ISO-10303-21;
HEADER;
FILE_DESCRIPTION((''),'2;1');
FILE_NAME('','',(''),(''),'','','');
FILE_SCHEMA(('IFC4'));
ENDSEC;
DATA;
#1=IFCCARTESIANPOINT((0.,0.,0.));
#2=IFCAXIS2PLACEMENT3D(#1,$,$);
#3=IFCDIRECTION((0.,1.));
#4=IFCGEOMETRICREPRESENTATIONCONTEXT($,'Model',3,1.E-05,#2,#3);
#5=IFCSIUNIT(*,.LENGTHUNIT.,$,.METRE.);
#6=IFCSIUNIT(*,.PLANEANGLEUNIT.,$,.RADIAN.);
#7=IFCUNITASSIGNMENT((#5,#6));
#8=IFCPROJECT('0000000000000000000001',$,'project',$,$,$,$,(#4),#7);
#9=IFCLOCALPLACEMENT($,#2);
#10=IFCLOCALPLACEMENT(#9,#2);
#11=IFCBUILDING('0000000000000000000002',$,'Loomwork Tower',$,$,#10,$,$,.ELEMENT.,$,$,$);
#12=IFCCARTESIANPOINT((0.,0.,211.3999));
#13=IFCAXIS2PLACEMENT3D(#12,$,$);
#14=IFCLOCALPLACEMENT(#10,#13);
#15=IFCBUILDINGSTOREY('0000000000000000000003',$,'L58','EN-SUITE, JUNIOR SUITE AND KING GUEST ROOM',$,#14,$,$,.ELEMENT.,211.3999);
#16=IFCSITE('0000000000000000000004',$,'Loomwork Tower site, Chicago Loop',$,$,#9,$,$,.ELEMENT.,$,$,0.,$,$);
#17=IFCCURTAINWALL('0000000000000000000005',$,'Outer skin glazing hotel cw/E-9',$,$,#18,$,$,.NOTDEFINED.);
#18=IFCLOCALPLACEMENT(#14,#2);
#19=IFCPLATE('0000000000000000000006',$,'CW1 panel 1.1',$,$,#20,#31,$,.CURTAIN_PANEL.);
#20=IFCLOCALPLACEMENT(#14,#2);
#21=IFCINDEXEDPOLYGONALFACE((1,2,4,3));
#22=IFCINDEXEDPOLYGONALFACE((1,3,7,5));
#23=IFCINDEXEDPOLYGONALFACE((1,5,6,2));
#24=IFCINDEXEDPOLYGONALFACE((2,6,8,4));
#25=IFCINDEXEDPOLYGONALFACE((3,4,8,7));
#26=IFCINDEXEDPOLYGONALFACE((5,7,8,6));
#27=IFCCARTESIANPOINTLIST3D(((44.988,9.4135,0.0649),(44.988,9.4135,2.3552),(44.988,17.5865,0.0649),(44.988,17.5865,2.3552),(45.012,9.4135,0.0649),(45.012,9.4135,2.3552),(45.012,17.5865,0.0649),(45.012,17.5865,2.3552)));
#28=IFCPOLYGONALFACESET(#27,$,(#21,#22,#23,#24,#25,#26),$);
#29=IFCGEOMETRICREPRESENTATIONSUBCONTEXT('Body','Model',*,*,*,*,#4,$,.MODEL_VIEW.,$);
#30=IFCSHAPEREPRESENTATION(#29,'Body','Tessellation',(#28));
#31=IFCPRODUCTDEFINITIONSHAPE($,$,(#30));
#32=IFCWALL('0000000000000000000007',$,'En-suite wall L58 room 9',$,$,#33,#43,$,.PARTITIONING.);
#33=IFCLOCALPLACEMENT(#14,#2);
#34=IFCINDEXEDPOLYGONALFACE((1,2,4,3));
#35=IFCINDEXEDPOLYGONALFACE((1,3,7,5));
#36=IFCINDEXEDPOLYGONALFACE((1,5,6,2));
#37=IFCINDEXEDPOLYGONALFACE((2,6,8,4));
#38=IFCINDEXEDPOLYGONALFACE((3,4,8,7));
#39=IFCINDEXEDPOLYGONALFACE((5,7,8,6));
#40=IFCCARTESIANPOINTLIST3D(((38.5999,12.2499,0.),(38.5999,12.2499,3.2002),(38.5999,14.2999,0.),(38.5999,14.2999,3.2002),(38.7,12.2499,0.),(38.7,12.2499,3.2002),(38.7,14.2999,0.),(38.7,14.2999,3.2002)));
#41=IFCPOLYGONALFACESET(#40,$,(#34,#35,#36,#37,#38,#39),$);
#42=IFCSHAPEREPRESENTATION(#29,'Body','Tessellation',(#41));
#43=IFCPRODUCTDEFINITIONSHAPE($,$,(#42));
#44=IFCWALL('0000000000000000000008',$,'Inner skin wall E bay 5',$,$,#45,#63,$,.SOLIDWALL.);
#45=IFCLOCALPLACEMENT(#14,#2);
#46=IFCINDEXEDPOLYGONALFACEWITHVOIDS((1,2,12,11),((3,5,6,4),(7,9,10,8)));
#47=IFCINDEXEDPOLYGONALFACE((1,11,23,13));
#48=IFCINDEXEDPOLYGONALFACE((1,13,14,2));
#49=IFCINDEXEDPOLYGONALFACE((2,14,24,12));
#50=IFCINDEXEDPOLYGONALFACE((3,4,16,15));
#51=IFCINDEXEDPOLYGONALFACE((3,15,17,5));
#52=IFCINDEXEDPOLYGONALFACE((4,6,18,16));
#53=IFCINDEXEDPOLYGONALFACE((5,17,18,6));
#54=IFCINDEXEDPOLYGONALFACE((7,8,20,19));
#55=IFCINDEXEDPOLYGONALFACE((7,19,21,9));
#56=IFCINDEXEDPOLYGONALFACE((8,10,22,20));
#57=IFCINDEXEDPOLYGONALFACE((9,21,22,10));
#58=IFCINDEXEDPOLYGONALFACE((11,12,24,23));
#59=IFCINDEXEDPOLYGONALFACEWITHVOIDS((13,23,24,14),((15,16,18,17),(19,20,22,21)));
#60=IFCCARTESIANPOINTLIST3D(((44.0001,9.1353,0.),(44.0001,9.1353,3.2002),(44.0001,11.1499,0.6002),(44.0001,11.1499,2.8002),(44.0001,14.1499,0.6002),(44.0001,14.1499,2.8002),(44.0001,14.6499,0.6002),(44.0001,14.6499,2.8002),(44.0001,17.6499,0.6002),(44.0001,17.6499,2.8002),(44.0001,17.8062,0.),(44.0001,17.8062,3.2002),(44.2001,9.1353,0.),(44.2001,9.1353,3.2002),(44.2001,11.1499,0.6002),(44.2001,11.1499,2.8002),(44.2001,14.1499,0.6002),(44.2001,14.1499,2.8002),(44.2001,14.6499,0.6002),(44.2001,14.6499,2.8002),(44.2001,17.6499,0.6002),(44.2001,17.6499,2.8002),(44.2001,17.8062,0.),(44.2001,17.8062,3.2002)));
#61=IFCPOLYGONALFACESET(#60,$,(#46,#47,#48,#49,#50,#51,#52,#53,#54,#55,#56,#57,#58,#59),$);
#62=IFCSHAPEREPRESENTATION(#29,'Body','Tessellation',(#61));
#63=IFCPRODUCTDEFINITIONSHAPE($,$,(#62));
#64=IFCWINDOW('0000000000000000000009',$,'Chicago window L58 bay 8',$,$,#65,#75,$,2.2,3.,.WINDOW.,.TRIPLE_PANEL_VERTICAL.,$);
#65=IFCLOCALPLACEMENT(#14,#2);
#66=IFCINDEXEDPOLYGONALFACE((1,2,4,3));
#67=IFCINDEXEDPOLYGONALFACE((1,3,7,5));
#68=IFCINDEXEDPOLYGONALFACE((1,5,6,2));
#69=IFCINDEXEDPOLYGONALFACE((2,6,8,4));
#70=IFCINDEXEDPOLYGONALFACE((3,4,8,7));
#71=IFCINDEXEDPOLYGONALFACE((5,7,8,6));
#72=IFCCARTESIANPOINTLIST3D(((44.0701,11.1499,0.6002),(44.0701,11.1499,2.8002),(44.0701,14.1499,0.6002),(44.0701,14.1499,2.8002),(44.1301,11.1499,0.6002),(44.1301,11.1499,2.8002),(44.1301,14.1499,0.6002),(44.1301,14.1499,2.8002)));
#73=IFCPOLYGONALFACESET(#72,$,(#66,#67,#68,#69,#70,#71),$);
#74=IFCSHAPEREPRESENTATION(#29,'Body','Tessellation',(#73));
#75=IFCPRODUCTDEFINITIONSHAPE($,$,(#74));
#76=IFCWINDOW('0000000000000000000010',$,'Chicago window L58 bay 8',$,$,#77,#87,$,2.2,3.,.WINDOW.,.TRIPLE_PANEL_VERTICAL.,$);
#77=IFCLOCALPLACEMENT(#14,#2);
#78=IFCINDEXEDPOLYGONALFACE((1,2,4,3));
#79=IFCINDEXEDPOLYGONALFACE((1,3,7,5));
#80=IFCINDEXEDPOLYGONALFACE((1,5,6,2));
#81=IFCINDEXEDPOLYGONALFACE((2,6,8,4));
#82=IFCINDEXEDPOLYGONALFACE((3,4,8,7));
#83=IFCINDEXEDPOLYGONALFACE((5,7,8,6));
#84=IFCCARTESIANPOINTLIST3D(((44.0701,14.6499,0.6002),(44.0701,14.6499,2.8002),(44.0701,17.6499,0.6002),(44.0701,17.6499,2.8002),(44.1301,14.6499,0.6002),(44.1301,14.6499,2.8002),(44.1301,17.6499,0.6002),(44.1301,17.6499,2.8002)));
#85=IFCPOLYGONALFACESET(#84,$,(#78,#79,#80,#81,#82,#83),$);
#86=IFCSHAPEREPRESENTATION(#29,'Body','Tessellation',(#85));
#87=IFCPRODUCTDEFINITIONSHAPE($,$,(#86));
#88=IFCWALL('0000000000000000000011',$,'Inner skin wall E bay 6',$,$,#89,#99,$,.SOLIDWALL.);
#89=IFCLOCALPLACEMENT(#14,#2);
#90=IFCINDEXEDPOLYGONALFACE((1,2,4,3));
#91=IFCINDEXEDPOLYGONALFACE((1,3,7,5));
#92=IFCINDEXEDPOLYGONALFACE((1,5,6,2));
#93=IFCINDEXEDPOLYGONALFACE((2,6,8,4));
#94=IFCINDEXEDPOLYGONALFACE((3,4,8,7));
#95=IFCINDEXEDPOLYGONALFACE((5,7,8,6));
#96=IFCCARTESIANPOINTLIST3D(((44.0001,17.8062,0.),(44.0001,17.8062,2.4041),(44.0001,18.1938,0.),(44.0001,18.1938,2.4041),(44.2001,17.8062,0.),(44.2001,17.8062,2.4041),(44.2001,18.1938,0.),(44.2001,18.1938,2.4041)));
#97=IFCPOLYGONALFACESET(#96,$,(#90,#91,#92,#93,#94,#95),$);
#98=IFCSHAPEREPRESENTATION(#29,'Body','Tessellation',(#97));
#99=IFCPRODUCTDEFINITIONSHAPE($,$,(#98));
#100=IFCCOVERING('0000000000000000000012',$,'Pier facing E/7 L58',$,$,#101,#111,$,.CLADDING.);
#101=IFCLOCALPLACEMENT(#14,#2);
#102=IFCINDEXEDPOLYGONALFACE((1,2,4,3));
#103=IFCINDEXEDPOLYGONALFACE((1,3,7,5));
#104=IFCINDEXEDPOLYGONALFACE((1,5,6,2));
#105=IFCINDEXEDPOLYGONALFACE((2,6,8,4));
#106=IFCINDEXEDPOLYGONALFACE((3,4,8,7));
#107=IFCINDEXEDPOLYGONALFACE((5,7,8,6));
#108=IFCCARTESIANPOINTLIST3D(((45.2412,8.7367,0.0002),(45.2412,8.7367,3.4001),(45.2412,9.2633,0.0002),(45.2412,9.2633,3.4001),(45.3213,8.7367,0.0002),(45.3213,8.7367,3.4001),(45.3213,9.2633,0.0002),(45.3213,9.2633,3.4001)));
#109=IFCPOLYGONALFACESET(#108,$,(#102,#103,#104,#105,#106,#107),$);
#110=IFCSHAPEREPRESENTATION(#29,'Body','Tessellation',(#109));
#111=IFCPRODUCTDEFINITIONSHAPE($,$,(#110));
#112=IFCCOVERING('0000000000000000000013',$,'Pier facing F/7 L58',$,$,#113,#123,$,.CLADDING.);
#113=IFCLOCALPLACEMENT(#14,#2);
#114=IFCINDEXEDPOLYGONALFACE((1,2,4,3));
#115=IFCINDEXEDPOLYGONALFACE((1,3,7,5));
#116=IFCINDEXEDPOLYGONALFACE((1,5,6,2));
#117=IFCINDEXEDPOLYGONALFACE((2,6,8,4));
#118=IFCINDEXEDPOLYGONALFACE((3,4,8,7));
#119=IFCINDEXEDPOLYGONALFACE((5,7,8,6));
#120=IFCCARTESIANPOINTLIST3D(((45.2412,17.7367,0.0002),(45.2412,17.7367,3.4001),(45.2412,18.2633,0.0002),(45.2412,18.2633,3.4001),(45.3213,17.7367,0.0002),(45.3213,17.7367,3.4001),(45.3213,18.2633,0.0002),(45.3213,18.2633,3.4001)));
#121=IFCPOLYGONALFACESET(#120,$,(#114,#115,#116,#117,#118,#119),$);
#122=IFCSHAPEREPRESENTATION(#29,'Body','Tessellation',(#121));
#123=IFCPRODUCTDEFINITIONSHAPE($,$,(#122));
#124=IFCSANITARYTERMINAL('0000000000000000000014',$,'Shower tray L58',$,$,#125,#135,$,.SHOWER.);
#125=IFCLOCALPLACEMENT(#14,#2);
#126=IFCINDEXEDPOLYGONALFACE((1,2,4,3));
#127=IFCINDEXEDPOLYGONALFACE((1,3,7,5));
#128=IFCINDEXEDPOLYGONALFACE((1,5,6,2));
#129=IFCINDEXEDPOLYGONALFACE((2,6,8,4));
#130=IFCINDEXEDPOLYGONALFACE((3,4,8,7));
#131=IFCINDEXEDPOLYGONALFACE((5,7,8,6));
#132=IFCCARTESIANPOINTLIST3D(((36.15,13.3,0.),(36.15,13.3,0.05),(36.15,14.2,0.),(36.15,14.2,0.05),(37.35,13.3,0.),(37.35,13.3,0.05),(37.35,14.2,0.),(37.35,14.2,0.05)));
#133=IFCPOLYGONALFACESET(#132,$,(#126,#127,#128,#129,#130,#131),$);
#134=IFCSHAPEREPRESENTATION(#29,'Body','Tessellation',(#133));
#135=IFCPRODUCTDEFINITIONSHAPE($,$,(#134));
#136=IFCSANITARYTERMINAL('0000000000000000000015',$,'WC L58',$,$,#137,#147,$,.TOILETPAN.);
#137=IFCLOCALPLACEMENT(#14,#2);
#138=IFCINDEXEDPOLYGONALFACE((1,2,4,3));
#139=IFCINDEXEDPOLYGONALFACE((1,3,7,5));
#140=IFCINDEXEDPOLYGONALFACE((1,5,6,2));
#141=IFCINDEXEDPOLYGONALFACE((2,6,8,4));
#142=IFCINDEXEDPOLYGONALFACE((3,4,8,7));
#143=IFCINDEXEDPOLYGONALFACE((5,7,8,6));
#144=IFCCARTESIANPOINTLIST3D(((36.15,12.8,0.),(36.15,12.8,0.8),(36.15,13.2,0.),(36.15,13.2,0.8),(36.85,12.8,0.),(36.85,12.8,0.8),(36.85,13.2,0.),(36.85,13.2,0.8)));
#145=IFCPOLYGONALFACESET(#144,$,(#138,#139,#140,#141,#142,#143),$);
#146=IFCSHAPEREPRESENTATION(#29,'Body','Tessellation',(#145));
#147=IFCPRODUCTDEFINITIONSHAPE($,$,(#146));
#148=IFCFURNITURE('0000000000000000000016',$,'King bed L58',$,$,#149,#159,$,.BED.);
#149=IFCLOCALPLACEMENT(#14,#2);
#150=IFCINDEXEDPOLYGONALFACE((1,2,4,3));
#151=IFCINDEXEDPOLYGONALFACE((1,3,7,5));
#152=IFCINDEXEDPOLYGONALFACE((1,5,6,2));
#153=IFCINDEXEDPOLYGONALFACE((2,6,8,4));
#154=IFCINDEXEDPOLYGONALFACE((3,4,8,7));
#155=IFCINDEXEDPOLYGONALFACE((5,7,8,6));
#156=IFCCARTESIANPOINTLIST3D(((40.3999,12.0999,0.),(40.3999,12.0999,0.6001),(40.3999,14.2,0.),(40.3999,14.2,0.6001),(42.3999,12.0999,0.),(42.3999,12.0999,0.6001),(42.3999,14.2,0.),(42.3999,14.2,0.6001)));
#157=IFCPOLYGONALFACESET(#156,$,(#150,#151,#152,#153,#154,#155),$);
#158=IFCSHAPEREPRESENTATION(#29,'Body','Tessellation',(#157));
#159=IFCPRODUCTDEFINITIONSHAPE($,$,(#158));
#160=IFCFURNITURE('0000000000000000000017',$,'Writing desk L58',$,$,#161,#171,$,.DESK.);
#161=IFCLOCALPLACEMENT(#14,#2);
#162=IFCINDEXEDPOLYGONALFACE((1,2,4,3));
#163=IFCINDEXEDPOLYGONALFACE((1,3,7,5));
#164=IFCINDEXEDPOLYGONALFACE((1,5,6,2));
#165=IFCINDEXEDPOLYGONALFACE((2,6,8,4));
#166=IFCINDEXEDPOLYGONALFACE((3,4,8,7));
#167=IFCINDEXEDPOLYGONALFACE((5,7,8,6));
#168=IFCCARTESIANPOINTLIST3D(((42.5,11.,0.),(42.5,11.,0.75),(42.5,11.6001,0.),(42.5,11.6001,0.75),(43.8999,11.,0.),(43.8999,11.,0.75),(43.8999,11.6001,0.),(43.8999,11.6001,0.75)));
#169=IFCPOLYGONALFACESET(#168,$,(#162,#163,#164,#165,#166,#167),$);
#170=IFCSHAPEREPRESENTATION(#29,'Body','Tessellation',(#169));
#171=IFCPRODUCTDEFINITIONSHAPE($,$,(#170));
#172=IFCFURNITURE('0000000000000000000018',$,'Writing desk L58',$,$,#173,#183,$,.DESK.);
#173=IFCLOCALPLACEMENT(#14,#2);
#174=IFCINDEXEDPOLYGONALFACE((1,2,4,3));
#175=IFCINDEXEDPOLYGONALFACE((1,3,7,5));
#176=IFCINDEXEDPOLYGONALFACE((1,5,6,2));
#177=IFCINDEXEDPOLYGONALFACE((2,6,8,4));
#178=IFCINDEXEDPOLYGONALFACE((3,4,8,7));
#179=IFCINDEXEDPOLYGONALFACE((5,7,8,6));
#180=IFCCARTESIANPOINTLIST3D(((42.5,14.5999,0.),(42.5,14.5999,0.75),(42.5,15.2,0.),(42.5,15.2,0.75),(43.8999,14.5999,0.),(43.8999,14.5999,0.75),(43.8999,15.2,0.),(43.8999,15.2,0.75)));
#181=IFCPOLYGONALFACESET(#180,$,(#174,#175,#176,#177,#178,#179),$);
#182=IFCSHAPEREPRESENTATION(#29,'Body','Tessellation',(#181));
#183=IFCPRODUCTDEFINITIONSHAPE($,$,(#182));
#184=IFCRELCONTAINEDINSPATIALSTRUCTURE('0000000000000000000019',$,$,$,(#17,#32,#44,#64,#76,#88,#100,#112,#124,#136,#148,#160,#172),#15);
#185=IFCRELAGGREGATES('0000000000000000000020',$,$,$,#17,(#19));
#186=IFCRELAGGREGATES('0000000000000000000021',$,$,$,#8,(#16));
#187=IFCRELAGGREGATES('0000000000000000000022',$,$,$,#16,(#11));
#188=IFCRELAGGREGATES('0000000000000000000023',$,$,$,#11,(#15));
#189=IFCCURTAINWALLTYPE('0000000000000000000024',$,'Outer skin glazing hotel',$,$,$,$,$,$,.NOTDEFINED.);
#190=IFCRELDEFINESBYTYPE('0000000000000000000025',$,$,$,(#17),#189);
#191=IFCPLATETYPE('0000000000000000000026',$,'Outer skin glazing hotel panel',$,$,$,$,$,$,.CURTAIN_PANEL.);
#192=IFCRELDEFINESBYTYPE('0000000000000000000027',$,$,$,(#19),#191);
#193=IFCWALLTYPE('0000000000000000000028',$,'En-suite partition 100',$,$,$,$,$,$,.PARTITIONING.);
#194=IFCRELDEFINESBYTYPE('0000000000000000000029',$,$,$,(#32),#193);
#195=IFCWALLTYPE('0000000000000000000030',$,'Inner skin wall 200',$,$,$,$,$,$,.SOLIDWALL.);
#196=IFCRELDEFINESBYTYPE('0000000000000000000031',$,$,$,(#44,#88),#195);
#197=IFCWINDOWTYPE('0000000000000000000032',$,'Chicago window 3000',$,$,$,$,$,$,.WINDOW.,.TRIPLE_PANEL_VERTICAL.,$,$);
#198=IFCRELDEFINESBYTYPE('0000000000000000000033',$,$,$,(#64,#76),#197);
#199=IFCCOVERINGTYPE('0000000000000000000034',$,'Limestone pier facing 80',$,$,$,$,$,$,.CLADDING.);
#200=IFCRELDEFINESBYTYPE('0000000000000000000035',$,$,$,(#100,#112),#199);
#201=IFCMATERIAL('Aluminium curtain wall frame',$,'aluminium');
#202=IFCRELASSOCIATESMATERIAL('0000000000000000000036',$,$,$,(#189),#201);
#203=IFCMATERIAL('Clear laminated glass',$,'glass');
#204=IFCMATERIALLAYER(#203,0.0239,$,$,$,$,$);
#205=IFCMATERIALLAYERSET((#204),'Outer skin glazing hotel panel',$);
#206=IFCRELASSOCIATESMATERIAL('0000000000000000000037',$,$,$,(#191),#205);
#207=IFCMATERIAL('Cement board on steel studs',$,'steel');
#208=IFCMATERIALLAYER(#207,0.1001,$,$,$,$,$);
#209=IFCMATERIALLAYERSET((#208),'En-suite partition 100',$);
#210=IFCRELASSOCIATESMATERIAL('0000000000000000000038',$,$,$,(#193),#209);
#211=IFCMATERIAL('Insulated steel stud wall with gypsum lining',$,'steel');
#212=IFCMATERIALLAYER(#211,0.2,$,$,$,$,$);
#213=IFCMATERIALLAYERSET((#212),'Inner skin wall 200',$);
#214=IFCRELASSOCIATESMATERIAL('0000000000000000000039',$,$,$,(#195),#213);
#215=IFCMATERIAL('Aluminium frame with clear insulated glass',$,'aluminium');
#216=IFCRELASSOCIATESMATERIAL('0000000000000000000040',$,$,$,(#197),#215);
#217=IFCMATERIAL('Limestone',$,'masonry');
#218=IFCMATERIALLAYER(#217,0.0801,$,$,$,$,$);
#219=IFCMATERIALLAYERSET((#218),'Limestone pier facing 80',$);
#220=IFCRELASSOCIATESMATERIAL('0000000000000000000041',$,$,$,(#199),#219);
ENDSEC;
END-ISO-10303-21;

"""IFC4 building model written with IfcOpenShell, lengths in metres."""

from ifc_helpers import new_model, si_unit, direction, frame, frame_2d, origin, origin_2d, place, context, subcontext, project, spatial, rectangle, extrude, material, layer, layer_set, type_object, element, fill, aggregate, save


model = new_model("IFC4")

# Units and contexts
model_context = context("Model", 3, precision=1e-05, world=origin(), true_north=direction((0.0, 1.0)))
body_context = subcontext(model_context, "Body", "Model", "MODEL_VIEW")
ifc_project = project(units=[si_unit("LENGTHUNIT", "METRE"), si_unit("PLANEANGLEUNIT", "RADIAN")], contexts=[model_context])

# Site, building, storey
site_placement = place(None, origin())
site = spatial("IfcSite", under=ifc_project, at=site_placement, Name="Loomwork Tower site, Chicago Loop", CompositionType="ELEMENT", RefElevation=0.0)
building_placement = place(site_placement, origin())
building = spatial("IfcBuilding", under=site, at=building_placement, Name="Loomwork Tower", CompositionType="ELEMENT")
storey_placement = place(building_placement, frame((0.0, 0.0, 211.3999)))
storey = spatial("IfcBuildingStorey", under=building, at=storey_placement, Name="L58", Description="EN-SUITE, JUNIOR SUITE AND KING GUEST ROOM", CompositionType="ELEMENT", Elevation=211.3999)

# Curtain wall
ifc_material_1 = material(Name="Aluminium curtain wall frame", Category="aluminium")
curtain_wall_type = type_object("IfcCurtainWallType", Name="Outer skin glazing hotel", PredefinedType="NOTDEFINED", material=ifc_material_1)
curtain_wall_placement = place(storey_placement, origin())
curtain_wall = element("IfcCurtainWall", 1, at=curtain_wall_placement, inside=storey, type_object=curtain_wall_type, Name="Outer skin glazing hotel cw/E-9", PredefinedType="NOTDEFINED")

# Plate
ifc_material_2 = material(Name="Clear laminated glass", Category="glass")
ifc_layer_1 = layer(ifc_material_2, 0.0239)
ifc_layer_set_1 = layer_set([ifc_layer_1], Name="Outer skin glazing hotel panel")
plate_type = type_object("IfcPlateType", Name="Outer skin glazing hotel panel", PredefinedType="CURTAIN_PANEL", material=ifc_layer_set_1)
plate_placement = place(storey_placement, frame((45.0, 13.5, 0.0649), z_axis=(0.0, 0.0, 1.0), x_axis=(0.0, 1.0, 0.0)))
plate = element("IfcPlate", 2, at=plate_placement, type_object=plate_type, Name="CW1 panel 1.1", PredefinedType="CURTAIN_PANEL", context=body_context, shape_type="SweptSolid", body=[
    extrude(rectangle(XDim=8.1731, YDim=0.0239, at=origin_2d()), origin(), (0.0, 0.0, 1.0), 2.2903),
])
aggregate(curtain_wall, [plate])

# Wall
ifc_material_3 = material(Name="Cement board on steel studs", Category="steel")
ifc_layer_2 = layer(ifc_material_3, 0.1001)
ifc_layer_set_2 = layer_set([ifc_layer_2], Name="En-suite partition 100")
wall_type_1 = type_object("IfcWallType", Name="En-suite partition 100", PredefinedType="PARTITIONING", material=ifc_layer_set_2)
wall_1_placement = place(storey_placement, frame((38.6499, 12.25, 0.0), z_axis=(0.0, 0.0, 1.0), x_axis=(0.0, 1.0, 0.0)))
element("IfcWall", 3, at=wall_1_placement, inside=storey, type_object=wall_type_1, Name="En-suite wall L58 room 9", PredefinedType="PARTITIONING", context=body_context, shape_type="SweptSolid", body=[
    extrude(rectangle(XDim=2.05, YDim=0.1001, at=frame_2d((1.0249, 0.0))), origin(), (0.0, 0.0, 1.0), 3.2002),
])

# Wall, openings, windows
ifc_material_4 = material(Name="Insulated steel stud wall with gypsum lining", Category="steel")
ifc_layer_3 = layer(ifc_material_4, 0.2)
ifc_layer_set_3 = layer_set([ifc_layer_3], Name="Inner skin wall 200")
wall_type_2 = type_object("IfcWallType", Name="Inner skin wall 200", PredefinedType="SOLIDWALL", material=ifc_layer_set_3)
wall_2_placement = place(storey_placement, frame((44.1001, 9.1353, 0.0), z_axis=(0.0, 0.0, 1.0), x_axis=(0.0, 1.0, 0.0)))
wall_2 = element("IfcWall", 4, at=wall_2_placement, inside=storey, type_object=wall_type_2, Name="Inner skin wall E bay 5", PredefinedType="SOLIDWALL", context=body_context, shape_type="SweptSolid", body=[
    extrude(rectangle(XDim=8.6709, YDim=0.2, at=frame_2d((4.3354, 0.0))), origin(), (0.0, 0.0, 1.0), 3.2002),
])
opening_1_placement = place(wall_2_placement, frame((2.0146, 0.0, 0.6001)))
opening_1 = element("IfcOpeningElement", 5, at=opening_1_placement, cuts=wall_2, PredefinedType="OPENING", context=body_context, shape_type="SweptSolid", body=[
    extrude(rectangle(XDim=3.0, YDim=2.2, at=frame_2d((1.5, 1.1001))), frame((0.0, 0.1099, 0.0), z_axis=(0.0, -1.0, 0.0), x_axis=(1.0, 0.0, 0.0)), (0.0, 0.0, 1.0), 0.22),
])
opening_2_placement = place(wall_2_placement, frame((5.5146, 0.0, 0.6001)))
opening_2 = element("IfcOpeningElement", 6, at=opening_2_placement, cuts=wall_2, PredefinedType="OPENING", context=body_context, shape_type="SweptSolid", body=[
    extrude(rectangle(XDim=3.0, YDim=2.2, at=frame_2d((1.5, 1.1001))), frame((0.0, 0.1099, 0.0), z_axis=(0.0, -1.0, 0.0), x_axis=(1.0, 0.0, 0.0)), (0.0, 0.0, 1.0), 0.22),
])
ifc_material_5 = material(Name="Aluminium frame with clear insulated glass", Category="aluminium")
window_type = type_object("IfcWindowType", Name="Chicago window 3000", PartitioningType="TRIPLE_PANEL_VERTICAL", PredefinedType="WINDOW", material=ifc_material_5)
window_1_placement = place(opening_1_placement, origin())
window_1 = element("IfcWindow", 7, at=window_1_placement, inside=storey, type_object=window_type, Name="Chicago window L58 bay 8", OverallHeight=2.2, OverallWidth=3.0, PartitioningType="TRIPLE_PANEL_VERTICAL", PredefinedType="WINDOW", context=body_context, shape_type="SweptSolid", body=[
    extrude(rectangle(XDim=3.0, YDim=2.2, at=frame_2d((1.5, 1.1001))), frame((0.0, 0.03, 0.0), z_axis=(0.0, -1.0, 0.0), x_axis=(1.0, 0.0, 0.0)), (0.0, 0.0, 1.0), 0.0601),
])
fill(opening_1, window_1)
window_2_placement = place(opening_2_placement, origin())
window_2 = element("IfcWindow", 8, at=window_2_placement, inside=storey, type_object=window_type, Name="Chicago window L58 bay 8", OverallHeight=2.2, OverallWidth=3.0, PartitioningType="TRIPLE_PANEL_VERTICAL", PredefinedType="WINDOW", context=body_context, shape_type="SweptSolid", body=[
    extrude(rectangle(XDim=3.0, YDim=2.2, at=frame_2d((1.5, 1.1001))), frame((0.0, 0.03, 0.0), z_axis=(0.0, -1.0, 0.0), x_axis=(1.0, 0.0, 0.0)), (0.0, 0.0, 1.0), 0.0601),
])
fill(opening_2, window_2)

# Wall
wall_3_placement = place(storey_placement, frame((44.1001, 17.8062, 0.0), z_axis=(0.0, 0.0, 1.0), x_axis=(0.0, 1.0, 0.0)))
element("IfcWall", 9, at=wall_3_placement, inside=storey, type_object=wall_type_2, Name="Inner skin wall E bay 6", PredefinedType="SOLIDWALL", context=body_context, shape_type="SweptSolid", body=[
    extrude(rectangle(XDim=0.3877, YDim=0.2, at=frame_2d((0.1938, 0.0))), origin(), (0.0, 0.0, 1.0), 2.4041),
])

# Coverings
ifc_material_6 = material(Name="Limestone", Category="masonry")
ifc_layer_4 = layer(ifc_material_6, 0.0801)
ifc_layer_set_4 = layer_set([ifc_layer_4], Name="Limestone pier facing 80")
covering_type = type_object("IfcCoveringType", Name="Limestone pier facing 80", PredefinedType="CLADDING", material=ifc_layer_set_4)
for number, where, z_axis, x_axis, name in (
    (10, (45.2812, 9.0, 0.0002), (0.0, 0.0, 1.0), (1.0, 0.0, 0.0), "Pier facing E/7 L58"),
    (11, (45.2812, 18.0, 0.0002), (0.0, 0.0, 1.0), (1.0, 0.0, 0.0), "Pier facing F/7 L58"),
):
    element("IfcCovering", number, at=place(storey_placement, frame(where, z_axis=z_axis, x_axis=x_axis)), inside=storey, type_object=covering_type, Name=name, PredefinedType="CLADDING", context=body_context, shape_type="SweptSolid", body=[
        extrude(rectangle(XDim=0.0801, YDim=0.5266, at=origin_2d()), origin(), (0.0, 0.0, 1.0), 3.3999),
    ])

# Sanitary terminals
sanitary_terminal_1_placement = place(storey_placement, frame((36.75, 13.75, 0.0), z_axis=(0.0, 0.0, 1.0), x_axis=(1.0, 0.0, 0.0)))
element("IfcSanitaryTerminal", 12, at=sanitary_terminal_1_placement, inside=storey, Name="Shower tray L58", PredefinedType="SHOWER", context=body_context, shape_type="SweptSolid", body=[
    extrude(rectangle(XDim=1.2, YDim=0.8999, at=origin_2d()), origin(), (0.0, 0.0, 1.0), 0.05),
])
sanitary_terminal_2_placement = place(storey_placement, frame((36.5, 13.0, 0.0), z_axis=(0.0, 0.0, 1.0), x_axis=(1.0, 0.0, 0.0)))
element("IfcSanitaryTerminal", 13, at=sanitary_terminal_2_placement, inside=storey, Name="WC L58", PredefinedType="TOILETPAN", context=body_context, shape_type="SweptSolid", body=[
    extrude(rectangle(XDim=0.7, YDim=0.3999, at=origin_2d()), origin(), (0.0, 0.0, 1.0), 0.8),
])

# Furniture
furniture_1_placement = place(storey_placement, frame((41.3999, 13.1499, 0.0), z_axis=(0.0, 0.0, 1.0), x_axis=(1.0, 0.0, 0.0)))
element("IfcFurniture", 14, at=furniture_1_placement, inside=storey, Name="King bed L58", PredefinedType="BED", context=body_context, shape_type="SweptSolid", body=[
    extrude(rectangle(XDim=2.0, YDim=2.1001, at=origin_2d()), origin(), (0.0, 0.0, 1.0), 0.6001),
])
for number, where, z_axis, x_axis, name in (
    (15, (43.2, 11.3, 0.0), (0.0, 0.0, 1.0), (1.0, 0.0, 0.0), "Writing desk L58"),
    (16, (43.2, 14.8999, 0.0), (0.0, 0.0, 1.0), (1.0, 0.0, 0.0), "Writing desk L58"),
):
    element("IfcFurniture", number, at=place(storey_placement, frame(where, z_axis=z_axis, x_axis=x_axis)), inside=storey, Name=name, PredefinedType="DESK", context=body_context, shape_type="SweptSolid", body=[
        extrude(rectangle(XDim=1.3999, YDim=0.6001, at=origin_2d()), origin(), (0.0, 0.0, 1.0), 0.75),
    ])

save(model, "model.ifc")
